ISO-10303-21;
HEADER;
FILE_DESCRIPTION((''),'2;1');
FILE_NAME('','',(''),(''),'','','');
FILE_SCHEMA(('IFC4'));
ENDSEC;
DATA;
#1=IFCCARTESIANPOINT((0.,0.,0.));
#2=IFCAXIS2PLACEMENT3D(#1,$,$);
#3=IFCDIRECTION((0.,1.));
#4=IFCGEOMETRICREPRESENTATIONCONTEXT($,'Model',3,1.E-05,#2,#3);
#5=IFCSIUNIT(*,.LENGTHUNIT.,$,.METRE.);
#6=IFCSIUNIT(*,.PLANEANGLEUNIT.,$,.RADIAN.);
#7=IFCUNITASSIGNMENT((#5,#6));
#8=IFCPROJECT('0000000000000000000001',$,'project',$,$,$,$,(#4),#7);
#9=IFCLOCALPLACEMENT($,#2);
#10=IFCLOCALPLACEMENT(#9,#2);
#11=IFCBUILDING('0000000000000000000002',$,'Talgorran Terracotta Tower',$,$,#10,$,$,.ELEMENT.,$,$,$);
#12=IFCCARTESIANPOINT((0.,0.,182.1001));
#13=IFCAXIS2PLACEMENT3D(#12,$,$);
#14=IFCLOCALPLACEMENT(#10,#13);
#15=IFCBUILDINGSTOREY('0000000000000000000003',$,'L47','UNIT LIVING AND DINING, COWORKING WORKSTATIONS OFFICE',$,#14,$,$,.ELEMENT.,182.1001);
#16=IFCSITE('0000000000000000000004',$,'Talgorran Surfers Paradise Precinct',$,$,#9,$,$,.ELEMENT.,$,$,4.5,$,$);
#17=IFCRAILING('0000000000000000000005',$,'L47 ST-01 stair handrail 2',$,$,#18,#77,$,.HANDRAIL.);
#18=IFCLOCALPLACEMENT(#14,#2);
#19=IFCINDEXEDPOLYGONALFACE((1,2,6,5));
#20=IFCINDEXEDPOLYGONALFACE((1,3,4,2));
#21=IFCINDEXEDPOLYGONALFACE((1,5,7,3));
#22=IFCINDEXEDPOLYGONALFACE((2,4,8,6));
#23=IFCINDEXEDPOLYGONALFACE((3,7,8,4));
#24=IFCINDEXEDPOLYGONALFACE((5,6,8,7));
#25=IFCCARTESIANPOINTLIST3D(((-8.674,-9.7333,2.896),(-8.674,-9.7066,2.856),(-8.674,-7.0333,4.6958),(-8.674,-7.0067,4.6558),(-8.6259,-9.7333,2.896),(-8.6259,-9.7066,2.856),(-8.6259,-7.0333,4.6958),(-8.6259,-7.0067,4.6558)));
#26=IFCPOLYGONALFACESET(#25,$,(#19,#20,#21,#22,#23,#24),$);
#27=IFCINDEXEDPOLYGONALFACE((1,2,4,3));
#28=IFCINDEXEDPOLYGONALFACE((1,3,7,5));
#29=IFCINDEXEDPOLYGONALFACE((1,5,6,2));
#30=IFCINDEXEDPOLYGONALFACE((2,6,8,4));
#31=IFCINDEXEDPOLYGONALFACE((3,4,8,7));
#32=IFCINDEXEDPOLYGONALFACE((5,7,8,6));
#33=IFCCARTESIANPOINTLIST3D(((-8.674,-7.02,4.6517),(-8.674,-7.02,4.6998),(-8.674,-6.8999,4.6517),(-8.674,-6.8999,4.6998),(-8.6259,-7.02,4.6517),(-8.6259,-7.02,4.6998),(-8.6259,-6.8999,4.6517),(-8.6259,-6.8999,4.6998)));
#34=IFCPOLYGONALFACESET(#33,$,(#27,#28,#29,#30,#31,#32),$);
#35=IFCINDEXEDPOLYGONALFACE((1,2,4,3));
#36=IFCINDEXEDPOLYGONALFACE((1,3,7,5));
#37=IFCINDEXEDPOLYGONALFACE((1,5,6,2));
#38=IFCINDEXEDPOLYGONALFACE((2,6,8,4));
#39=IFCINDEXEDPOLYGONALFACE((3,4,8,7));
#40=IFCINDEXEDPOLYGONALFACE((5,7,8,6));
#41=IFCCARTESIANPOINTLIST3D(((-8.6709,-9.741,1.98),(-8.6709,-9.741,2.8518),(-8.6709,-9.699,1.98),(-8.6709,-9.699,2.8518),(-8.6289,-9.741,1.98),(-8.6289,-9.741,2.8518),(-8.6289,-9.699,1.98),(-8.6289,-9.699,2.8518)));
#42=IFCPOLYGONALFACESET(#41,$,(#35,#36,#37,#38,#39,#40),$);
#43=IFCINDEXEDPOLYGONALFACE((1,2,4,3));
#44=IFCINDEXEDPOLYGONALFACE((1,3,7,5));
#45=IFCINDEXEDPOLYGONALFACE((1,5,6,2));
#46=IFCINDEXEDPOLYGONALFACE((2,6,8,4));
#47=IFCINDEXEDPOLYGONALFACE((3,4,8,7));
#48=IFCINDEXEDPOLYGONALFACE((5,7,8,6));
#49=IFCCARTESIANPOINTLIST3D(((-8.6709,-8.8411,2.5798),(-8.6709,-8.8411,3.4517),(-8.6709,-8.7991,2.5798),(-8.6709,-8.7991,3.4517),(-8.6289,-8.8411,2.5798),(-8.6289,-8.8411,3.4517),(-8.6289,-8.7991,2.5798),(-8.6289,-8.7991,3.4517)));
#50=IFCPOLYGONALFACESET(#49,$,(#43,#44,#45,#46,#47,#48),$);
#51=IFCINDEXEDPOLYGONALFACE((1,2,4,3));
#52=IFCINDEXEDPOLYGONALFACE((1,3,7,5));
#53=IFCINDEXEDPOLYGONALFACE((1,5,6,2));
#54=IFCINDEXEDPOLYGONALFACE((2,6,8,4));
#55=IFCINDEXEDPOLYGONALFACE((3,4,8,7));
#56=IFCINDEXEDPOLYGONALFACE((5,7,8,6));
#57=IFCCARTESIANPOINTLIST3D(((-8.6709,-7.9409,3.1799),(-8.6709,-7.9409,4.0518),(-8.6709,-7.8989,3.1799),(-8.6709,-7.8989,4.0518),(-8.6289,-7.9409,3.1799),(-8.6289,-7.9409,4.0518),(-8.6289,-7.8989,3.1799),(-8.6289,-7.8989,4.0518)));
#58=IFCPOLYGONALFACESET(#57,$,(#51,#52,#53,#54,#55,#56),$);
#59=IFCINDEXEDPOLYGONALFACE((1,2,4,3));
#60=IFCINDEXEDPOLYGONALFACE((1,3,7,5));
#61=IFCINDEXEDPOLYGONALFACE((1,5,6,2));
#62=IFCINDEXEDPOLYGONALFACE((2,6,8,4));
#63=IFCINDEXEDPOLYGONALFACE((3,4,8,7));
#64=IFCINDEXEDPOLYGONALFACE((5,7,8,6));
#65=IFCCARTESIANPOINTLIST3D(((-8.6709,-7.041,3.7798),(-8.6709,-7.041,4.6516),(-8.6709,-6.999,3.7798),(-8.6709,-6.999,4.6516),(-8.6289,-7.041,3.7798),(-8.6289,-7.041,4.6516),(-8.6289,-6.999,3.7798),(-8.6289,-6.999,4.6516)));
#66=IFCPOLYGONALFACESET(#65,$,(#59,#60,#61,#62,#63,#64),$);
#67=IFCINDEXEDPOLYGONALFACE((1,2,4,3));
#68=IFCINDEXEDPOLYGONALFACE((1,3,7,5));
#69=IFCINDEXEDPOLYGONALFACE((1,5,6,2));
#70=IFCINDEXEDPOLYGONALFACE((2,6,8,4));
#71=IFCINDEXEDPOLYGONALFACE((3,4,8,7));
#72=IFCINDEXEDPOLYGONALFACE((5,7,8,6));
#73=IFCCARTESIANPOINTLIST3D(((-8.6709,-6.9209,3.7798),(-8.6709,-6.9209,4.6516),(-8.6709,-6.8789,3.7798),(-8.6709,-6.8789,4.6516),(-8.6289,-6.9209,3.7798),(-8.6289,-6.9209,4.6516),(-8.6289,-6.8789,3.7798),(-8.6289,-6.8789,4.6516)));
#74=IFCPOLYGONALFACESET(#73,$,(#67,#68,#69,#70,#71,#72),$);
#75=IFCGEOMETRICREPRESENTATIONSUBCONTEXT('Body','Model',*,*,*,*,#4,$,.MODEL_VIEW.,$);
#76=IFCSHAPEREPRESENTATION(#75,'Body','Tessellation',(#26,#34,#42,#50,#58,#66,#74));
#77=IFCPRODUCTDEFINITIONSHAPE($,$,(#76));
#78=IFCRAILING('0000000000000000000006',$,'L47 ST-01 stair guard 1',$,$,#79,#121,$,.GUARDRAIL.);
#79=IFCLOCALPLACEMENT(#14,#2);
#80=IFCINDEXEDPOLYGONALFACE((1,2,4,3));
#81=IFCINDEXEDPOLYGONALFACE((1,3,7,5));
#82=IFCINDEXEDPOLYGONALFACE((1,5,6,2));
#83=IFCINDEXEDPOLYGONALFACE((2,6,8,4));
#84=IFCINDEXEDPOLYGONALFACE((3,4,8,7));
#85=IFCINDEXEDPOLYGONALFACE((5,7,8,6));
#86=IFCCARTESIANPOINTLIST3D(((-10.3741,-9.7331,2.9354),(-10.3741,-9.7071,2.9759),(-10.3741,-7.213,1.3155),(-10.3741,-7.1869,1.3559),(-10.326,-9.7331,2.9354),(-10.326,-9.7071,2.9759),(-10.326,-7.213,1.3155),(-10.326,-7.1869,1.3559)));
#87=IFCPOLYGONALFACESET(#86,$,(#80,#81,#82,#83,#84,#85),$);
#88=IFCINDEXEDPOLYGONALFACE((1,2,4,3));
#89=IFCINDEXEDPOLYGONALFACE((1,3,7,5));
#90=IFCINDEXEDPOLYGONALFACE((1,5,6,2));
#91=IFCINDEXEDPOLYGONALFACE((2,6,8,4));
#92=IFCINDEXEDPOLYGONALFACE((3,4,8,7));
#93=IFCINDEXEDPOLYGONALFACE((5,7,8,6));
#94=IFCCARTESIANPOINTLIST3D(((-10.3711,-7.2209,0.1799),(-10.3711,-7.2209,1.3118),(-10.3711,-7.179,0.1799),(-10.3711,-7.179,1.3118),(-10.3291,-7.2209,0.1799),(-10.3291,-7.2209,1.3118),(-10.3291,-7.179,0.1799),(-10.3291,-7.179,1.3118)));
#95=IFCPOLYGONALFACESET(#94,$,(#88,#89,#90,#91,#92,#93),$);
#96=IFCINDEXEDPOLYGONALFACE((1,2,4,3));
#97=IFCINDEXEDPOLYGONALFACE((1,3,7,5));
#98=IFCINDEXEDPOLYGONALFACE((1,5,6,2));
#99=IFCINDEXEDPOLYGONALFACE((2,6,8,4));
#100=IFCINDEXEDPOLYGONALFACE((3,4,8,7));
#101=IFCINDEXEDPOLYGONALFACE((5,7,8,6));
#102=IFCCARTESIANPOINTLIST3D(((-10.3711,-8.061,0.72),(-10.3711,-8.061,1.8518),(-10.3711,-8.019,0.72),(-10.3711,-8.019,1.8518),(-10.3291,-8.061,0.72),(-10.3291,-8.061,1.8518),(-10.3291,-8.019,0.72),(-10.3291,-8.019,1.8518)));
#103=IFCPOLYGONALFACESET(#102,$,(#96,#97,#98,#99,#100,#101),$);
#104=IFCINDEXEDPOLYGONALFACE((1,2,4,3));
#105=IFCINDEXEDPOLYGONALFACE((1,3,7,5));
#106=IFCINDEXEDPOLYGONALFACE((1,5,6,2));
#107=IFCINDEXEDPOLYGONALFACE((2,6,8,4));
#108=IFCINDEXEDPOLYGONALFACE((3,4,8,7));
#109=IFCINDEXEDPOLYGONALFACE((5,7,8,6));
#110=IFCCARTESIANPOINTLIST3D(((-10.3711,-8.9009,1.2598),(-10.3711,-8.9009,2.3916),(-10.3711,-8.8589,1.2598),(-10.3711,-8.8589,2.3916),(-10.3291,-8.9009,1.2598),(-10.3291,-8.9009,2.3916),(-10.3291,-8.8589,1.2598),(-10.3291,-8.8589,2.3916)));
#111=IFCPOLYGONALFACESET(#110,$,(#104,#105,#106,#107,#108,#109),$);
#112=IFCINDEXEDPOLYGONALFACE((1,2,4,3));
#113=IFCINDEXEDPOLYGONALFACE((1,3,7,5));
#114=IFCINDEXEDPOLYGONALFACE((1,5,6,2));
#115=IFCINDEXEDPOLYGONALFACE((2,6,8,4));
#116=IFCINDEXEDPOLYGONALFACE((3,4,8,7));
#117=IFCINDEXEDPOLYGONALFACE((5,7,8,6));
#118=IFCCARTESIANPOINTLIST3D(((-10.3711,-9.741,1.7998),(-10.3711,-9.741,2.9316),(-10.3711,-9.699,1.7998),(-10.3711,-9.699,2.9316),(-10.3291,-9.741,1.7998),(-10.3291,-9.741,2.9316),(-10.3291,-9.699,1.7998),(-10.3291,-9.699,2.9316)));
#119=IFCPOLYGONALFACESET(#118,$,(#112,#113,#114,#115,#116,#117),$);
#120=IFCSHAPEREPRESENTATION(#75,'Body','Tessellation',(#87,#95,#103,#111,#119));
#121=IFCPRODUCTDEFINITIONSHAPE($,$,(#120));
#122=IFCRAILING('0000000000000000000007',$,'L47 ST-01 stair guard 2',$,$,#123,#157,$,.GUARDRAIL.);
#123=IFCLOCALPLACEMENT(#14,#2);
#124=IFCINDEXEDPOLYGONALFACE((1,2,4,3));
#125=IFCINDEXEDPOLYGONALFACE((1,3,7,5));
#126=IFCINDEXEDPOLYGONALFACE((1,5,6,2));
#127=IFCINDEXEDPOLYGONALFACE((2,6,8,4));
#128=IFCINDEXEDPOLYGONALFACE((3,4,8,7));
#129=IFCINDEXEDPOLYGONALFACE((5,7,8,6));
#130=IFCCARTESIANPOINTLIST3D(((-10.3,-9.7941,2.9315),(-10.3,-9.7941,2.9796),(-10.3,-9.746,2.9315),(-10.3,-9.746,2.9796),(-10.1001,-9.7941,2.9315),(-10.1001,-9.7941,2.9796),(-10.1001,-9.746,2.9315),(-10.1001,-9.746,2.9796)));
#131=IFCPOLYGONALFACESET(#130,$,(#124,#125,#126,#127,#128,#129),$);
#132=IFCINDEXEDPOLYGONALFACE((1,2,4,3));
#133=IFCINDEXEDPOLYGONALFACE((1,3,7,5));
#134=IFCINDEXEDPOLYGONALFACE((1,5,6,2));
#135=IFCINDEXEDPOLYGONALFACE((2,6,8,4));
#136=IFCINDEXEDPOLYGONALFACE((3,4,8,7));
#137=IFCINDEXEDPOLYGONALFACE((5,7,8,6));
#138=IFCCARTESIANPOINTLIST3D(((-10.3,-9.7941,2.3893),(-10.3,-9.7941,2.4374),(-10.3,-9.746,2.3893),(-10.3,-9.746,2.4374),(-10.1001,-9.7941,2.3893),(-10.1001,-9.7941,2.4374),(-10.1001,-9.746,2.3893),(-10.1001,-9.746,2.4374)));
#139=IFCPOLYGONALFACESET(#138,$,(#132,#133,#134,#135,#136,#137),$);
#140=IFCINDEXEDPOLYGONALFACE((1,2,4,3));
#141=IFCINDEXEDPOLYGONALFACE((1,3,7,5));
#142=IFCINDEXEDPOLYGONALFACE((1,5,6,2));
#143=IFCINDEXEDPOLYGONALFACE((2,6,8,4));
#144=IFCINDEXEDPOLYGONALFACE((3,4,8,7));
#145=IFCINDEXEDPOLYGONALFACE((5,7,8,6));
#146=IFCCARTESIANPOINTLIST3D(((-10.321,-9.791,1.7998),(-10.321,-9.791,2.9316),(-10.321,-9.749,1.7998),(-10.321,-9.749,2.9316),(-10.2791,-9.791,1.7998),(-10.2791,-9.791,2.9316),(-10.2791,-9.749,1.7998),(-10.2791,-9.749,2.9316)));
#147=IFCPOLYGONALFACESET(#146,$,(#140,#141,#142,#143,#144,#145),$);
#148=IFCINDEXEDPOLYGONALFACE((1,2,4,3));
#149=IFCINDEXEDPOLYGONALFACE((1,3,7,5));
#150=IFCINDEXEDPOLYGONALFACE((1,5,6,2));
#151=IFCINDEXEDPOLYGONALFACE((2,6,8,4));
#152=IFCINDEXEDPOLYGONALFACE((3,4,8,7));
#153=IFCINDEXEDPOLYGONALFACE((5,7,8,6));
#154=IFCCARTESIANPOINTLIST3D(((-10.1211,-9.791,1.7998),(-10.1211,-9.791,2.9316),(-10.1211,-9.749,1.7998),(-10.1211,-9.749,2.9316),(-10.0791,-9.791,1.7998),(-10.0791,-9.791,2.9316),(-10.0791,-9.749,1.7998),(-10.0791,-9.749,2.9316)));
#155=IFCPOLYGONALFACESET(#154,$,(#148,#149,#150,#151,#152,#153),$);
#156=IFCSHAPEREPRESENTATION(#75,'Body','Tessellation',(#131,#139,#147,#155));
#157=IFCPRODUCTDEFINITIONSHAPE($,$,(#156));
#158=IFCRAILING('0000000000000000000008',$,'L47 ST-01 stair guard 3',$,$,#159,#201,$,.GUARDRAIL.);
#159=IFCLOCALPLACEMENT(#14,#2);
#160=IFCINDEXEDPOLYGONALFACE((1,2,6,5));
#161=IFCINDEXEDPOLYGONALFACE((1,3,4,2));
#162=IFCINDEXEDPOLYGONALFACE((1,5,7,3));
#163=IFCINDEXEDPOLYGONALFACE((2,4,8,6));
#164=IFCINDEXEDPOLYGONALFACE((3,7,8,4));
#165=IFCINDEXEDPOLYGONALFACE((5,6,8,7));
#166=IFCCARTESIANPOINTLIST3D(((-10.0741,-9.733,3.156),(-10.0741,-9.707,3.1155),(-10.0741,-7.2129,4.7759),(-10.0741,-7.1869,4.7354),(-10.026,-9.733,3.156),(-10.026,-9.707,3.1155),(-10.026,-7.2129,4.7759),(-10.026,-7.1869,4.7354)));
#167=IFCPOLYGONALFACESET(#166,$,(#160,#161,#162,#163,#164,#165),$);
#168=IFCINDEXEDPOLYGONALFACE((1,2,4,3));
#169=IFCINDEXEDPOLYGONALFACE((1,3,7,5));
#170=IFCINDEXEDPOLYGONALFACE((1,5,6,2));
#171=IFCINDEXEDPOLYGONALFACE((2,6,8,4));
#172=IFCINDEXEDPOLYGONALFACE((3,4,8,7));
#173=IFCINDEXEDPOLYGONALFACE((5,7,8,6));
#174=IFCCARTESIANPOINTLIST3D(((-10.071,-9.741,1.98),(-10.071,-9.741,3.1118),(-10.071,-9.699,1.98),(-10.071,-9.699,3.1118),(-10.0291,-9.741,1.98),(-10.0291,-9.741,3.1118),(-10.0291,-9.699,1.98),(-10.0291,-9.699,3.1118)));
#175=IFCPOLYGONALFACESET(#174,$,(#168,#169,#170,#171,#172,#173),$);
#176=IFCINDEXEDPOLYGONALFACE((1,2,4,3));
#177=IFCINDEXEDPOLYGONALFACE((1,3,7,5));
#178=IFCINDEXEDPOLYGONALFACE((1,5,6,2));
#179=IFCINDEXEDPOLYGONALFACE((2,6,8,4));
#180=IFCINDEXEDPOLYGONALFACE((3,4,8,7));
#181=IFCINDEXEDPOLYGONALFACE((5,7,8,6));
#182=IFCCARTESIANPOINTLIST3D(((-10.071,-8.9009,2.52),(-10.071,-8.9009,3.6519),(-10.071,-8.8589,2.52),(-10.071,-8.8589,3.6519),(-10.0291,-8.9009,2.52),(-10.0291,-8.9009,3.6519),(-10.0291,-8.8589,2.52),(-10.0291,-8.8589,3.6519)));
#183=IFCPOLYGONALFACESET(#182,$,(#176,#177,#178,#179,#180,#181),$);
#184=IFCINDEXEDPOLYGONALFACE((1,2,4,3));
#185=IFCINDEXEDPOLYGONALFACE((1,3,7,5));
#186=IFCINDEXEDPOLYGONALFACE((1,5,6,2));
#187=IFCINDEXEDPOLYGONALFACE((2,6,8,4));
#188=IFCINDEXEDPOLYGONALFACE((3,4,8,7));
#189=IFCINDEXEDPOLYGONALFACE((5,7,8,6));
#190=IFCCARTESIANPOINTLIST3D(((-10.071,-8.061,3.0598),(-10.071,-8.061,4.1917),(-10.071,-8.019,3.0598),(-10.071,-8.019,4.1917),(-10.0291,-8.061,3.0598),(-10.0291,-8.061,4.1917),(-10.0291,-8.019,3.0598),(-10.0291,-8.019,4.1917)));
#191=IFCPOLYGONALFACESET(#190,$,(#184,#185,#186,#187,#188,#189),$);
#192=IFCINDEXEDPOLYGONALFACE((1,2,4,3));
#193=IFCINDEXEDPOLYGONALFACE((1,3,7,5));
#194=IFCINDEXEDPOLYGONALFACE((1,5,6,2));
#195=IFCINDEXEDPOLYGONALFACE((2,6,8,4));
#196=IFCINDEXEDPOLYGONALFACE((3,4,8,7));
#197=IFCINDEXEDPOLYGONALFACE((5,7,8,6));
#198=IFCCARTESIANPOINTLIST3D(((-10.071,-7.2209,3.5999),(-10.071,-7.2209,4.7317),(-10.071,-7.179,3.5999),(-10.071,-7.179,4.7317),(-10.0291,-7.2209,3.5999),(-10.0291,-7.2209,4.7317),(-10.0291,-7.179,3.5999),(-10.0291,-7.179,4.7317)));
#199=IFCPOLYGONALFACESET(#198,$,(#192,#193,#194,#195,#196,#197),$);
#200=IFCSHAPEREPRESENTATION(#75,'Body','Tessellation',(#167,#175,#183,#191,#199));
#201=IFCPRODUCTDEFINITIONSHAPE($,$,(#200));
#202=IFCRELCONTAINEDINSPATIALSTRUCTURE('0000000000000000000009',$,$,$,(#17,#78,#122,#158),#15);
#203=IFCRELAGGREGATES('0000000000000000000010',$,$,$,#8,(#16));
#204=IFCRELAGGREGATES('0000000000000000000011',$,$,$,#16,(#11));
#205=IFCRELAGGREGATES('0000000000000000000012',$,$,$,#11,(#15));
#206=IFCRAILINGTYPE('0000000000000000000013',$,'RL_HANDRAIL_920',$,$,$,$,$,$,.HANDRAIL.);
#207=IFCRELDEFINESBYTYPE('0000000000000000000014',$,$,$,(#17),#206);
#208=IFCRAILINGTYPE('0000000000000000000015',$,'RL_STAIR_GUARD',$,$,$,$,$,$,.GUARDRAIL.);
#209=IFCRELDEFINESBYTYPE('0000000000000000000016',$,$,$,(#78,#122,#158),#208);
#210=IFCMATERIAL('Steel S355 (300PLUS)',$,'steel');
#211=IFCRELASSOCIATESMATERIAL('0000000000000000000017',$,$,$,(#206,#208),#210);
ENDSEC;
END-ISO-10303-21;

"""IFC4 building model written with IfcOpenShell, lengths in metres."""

from ifc_helpers import new_model, si_unit, direction, frame, origin, origin_2d, place, context, subcontext, project, spatial, rectangle, extrude, material, type_object, element, save


model = new_model("IFC4")

# Units and contexts
model_context = context("Model", 3, precision=1e-05, world=origin(), true_north=direction((0.0, 1.0)))
body_context = subcontext(model_context, "Body", "Model", "MODEL_VIEW")
ifc_project = project(units=[si_unit("LENGTHUNIT", "METRE"), si_unit("PLANEANGLEUNIT", "RADIAN")], contexts=[model_context])

# Site, building, storey
site_placement = place(None, origin())
site = spatial("IfcSite", under=ifc_project, at=site_placement, Name="Talgorran Surfers Paradise Precinct", CompositionType="ELEMENT", RefElevation=4.5)
building_placement = place(site_placement, origin())
building = spatial("IfcBuilding", under=site, at=building_placement, Name="Talgorran Terracotta Tower", CompositionType="ELEMENT")
storey_placement = place(building_placement, frame((0.0, 0.0, 182.1001)))
storey = spatial("IfcBuildingStorey", under=building, at=storey_placement, Name="L47", Description="UNIT LIVING AND DINING, COWORKING WORKSTATIONS OFFICE", CompositionType="ELEMENT", Elevation=182.1001)

# Shared definitions
ifc_material_1 = material(Name="Steel S355 (300PLUS)", Category="steel")

# Railings
railing_type_1 = type_object("IfcRailingType", Name="RL_HANDRAIL_920", PredefinedType="HANDRAIL", material=ifc_material_1)
railing_1_placement = place(storey_placement, frame((-8.6499, -9.72, 1.98)))
element("IfcRailing", 1, at=railing_1_placement, inside=storey, type_object=railing_type_1, Name="L47 ST-01 stair handrail 2", PredefinedType="HANDRAIL", context=body_context, shape_type="SweptSolid", body=[
    extrude(rectangle(XDim=0.0481, YDim=0.0481, at=origin_2d()), frame((0.0, 0.0, 0.896), z_axis=(0.0, 0.832073, 0.554665), x_axis=(-1.0, 0.0, 0.0)), (0.0, 0.0, 1.0), 3.2449),
    extrude(rectangle(XDim=0.0481, YDim=0.0481, at=origin_2d()), frame((0.0, 2.7, 2.6958), z_axis=(0.0, 1.0, 0.0), x_axis=(-1.0, 0.0, 0.0)), (0.0, 0.0, 1.0), 0.1201),
    extrude(rectangle(XDim=0.042, YDim=0.042, at=origin_2d()), origin(), (0.0, 0.0, 1.0), 0.8718),
    extrude(rectangle(XDim=0.042, YDim=0.042, at=origin_2d()), frame((0.0, 0.8999, 0.5999)), (0.0, 0.0, 1.0), 0.8718),
    extrude(rectangle(XDim=0.042, YDim=0.042, at=origin_2d()), frame((0.0, 1.8, 1.2)), (0.0, 0.0, 1.0), 0.8718),
    extrude(rectangle(XDim=0.042, YDim=0.042, at=origin_2d()), frame((0.0, 2.7, 1.7998)), (0.0, 0.0, 1.0), 0.8718),
    extrude(rectangle(XDim=0.042, YDim=0.042, at=origin_2d()), frame((0.0, 2.8201, 1.7998)), (0.0, 0.0, 1.0), 0.8718),
])
railing_type_2 = type_object("IfcRailingType", Name="RL_STAIR_GUARD", PredefinedType="GUARDRAIL", material=ifc_material_1)
railing_2_placement = place(storey_placement, frame((-10.3501, -7.2, 0.1799)))
element("IfcRailing", 2, at=railing_2_placement, inside=storey, type_object=railing_type_2, Name="L47 ST-01 stair guard 1", PredefinedType="GUARDRAIL", context=body_context, shape_type="SweptSolid", body=[
    extrude(rectangle(XDim=0.0481, YDim=0.0481, at=origin_2d()), frame((0.0, 0.0, 1.1558), z_axis=(0.0, -0.8412, 0.540725), x_axis=(1.0, 0.0, 0.0)), (0.0, 0.0, 1.0), 2.9958),
    extrude(rectangle(XDim=0.042, YDim=0.042, at=origin_2d()), origin(), (0.0, 0.0, 1.0), 1.1318),
    extrude(rectangle(XDim=0.042, YDim=0.042, at=origin_2d()), frame((0.0, -0.8401, 0.54)), (0.0, 0.0, 1.0), 1.1318),
    extrude(rectangle(XDim=0.042, YDim=0.042, at=origin_2d()), frame((0.0, -1.6799, 1.0798)), (0.0, 0.0, 1.0), 1.1318),
    extrude(rectangle(XDim=0.042, YDim=0.042, at=origin_2d()), frame((0.0, -2.52, 1.6199)), (0.0, 0.0, 1.0), 1.1318),
])
railing_3_placement = place(storey_placement, frame((-10.3, -9.77, 1.7998)))
element("IfcRailing", 3, at=railing_3_placement, inside=storey, type_object=railing_type_2, Name="L47 ST-01 stair guard 2", PredefinedType="GUARDRAIL", context=body_context, shape_type="SweptSolid", body=[
    extrude(rectangle(XDim=0.0481, YDim=0.0481, at=origin_2d()), frame((0.0, 0.0, 1.1558), z_axis=(1.0, 0.0, 0.0), x_axis=(0.0, 1.0, 0.0)), (0.0, 0.0, 1.0), 0.2),
    extrude(rectangle(XDim=0.0481, YDim=0.0481, at=origin_2d()), frame((0.0, 0.0, 0.6135), z_axis=(1.0, 0.0, 0.0), x_axis=(0.0, 1.0, 0.0)), (0.0, 0.0, 1.0), 0.2),
    extrude(rectangle(XDim=0.042, YDim=0.042, at=origin_2d()), origin(), (0.0, 0.0, 1.0), 1.1318),
    extrude(rectangle(XDim=0.042, YDim=0.042, at=origin_2d()), frame((0.2, 0.0, 0.0)), (0.0, 0.0, 1.0), 1.1318),
])
railing_4_placement = place(storey_placement, frame((-10.05, -9.72, 1.98)))
element("IfcRailing", 4, at=railing_4_placement, inside=storey, type_object=railing_type_2, Name="L47 ST-01 stair guard 3", PredefinedType="GUARDRAIL", context=body_context, shape_type="SweptSolid", body=[
    extrude(rectangle(XDim=0.0481, YDim=0.0481, at=origin_2d()), frame((0.0, 0.0, 1.1558), z_axis=(0.0, 0.8412, 0.540725), x_axis=(-1.0, 0.0, 0.0)), (0.0, 0.0, 1.0), 2.9958),
    extrude(rectangle(XDim=0.042, YDim=0.042, at=origin_2d()), origin(), (0.0, 0.0, 1.0), 1.1318),
    extrude(rectangle(XDim=0.042, YDim=0.042, at=origin_2d()), frame((0.0, 0.8401, 0.54)), (0.0, 0.0, 1.0), 1.1318),
    extrude(rectangle(XDim=0.042, YDim=0.042, at=origin_2d()), frame((0.0, 1.6799, 1.0798)), (0.0, 0.0, 1.0), 1.1318),
    extrude(rectangle(XDim=0.042, YDim=0.042, at=origin_2d()), frame((0.0, 2.52, 1.6199)), (0.0, 0.0, 1.0), 1.1318),
])

save(model, "model.ifc")
